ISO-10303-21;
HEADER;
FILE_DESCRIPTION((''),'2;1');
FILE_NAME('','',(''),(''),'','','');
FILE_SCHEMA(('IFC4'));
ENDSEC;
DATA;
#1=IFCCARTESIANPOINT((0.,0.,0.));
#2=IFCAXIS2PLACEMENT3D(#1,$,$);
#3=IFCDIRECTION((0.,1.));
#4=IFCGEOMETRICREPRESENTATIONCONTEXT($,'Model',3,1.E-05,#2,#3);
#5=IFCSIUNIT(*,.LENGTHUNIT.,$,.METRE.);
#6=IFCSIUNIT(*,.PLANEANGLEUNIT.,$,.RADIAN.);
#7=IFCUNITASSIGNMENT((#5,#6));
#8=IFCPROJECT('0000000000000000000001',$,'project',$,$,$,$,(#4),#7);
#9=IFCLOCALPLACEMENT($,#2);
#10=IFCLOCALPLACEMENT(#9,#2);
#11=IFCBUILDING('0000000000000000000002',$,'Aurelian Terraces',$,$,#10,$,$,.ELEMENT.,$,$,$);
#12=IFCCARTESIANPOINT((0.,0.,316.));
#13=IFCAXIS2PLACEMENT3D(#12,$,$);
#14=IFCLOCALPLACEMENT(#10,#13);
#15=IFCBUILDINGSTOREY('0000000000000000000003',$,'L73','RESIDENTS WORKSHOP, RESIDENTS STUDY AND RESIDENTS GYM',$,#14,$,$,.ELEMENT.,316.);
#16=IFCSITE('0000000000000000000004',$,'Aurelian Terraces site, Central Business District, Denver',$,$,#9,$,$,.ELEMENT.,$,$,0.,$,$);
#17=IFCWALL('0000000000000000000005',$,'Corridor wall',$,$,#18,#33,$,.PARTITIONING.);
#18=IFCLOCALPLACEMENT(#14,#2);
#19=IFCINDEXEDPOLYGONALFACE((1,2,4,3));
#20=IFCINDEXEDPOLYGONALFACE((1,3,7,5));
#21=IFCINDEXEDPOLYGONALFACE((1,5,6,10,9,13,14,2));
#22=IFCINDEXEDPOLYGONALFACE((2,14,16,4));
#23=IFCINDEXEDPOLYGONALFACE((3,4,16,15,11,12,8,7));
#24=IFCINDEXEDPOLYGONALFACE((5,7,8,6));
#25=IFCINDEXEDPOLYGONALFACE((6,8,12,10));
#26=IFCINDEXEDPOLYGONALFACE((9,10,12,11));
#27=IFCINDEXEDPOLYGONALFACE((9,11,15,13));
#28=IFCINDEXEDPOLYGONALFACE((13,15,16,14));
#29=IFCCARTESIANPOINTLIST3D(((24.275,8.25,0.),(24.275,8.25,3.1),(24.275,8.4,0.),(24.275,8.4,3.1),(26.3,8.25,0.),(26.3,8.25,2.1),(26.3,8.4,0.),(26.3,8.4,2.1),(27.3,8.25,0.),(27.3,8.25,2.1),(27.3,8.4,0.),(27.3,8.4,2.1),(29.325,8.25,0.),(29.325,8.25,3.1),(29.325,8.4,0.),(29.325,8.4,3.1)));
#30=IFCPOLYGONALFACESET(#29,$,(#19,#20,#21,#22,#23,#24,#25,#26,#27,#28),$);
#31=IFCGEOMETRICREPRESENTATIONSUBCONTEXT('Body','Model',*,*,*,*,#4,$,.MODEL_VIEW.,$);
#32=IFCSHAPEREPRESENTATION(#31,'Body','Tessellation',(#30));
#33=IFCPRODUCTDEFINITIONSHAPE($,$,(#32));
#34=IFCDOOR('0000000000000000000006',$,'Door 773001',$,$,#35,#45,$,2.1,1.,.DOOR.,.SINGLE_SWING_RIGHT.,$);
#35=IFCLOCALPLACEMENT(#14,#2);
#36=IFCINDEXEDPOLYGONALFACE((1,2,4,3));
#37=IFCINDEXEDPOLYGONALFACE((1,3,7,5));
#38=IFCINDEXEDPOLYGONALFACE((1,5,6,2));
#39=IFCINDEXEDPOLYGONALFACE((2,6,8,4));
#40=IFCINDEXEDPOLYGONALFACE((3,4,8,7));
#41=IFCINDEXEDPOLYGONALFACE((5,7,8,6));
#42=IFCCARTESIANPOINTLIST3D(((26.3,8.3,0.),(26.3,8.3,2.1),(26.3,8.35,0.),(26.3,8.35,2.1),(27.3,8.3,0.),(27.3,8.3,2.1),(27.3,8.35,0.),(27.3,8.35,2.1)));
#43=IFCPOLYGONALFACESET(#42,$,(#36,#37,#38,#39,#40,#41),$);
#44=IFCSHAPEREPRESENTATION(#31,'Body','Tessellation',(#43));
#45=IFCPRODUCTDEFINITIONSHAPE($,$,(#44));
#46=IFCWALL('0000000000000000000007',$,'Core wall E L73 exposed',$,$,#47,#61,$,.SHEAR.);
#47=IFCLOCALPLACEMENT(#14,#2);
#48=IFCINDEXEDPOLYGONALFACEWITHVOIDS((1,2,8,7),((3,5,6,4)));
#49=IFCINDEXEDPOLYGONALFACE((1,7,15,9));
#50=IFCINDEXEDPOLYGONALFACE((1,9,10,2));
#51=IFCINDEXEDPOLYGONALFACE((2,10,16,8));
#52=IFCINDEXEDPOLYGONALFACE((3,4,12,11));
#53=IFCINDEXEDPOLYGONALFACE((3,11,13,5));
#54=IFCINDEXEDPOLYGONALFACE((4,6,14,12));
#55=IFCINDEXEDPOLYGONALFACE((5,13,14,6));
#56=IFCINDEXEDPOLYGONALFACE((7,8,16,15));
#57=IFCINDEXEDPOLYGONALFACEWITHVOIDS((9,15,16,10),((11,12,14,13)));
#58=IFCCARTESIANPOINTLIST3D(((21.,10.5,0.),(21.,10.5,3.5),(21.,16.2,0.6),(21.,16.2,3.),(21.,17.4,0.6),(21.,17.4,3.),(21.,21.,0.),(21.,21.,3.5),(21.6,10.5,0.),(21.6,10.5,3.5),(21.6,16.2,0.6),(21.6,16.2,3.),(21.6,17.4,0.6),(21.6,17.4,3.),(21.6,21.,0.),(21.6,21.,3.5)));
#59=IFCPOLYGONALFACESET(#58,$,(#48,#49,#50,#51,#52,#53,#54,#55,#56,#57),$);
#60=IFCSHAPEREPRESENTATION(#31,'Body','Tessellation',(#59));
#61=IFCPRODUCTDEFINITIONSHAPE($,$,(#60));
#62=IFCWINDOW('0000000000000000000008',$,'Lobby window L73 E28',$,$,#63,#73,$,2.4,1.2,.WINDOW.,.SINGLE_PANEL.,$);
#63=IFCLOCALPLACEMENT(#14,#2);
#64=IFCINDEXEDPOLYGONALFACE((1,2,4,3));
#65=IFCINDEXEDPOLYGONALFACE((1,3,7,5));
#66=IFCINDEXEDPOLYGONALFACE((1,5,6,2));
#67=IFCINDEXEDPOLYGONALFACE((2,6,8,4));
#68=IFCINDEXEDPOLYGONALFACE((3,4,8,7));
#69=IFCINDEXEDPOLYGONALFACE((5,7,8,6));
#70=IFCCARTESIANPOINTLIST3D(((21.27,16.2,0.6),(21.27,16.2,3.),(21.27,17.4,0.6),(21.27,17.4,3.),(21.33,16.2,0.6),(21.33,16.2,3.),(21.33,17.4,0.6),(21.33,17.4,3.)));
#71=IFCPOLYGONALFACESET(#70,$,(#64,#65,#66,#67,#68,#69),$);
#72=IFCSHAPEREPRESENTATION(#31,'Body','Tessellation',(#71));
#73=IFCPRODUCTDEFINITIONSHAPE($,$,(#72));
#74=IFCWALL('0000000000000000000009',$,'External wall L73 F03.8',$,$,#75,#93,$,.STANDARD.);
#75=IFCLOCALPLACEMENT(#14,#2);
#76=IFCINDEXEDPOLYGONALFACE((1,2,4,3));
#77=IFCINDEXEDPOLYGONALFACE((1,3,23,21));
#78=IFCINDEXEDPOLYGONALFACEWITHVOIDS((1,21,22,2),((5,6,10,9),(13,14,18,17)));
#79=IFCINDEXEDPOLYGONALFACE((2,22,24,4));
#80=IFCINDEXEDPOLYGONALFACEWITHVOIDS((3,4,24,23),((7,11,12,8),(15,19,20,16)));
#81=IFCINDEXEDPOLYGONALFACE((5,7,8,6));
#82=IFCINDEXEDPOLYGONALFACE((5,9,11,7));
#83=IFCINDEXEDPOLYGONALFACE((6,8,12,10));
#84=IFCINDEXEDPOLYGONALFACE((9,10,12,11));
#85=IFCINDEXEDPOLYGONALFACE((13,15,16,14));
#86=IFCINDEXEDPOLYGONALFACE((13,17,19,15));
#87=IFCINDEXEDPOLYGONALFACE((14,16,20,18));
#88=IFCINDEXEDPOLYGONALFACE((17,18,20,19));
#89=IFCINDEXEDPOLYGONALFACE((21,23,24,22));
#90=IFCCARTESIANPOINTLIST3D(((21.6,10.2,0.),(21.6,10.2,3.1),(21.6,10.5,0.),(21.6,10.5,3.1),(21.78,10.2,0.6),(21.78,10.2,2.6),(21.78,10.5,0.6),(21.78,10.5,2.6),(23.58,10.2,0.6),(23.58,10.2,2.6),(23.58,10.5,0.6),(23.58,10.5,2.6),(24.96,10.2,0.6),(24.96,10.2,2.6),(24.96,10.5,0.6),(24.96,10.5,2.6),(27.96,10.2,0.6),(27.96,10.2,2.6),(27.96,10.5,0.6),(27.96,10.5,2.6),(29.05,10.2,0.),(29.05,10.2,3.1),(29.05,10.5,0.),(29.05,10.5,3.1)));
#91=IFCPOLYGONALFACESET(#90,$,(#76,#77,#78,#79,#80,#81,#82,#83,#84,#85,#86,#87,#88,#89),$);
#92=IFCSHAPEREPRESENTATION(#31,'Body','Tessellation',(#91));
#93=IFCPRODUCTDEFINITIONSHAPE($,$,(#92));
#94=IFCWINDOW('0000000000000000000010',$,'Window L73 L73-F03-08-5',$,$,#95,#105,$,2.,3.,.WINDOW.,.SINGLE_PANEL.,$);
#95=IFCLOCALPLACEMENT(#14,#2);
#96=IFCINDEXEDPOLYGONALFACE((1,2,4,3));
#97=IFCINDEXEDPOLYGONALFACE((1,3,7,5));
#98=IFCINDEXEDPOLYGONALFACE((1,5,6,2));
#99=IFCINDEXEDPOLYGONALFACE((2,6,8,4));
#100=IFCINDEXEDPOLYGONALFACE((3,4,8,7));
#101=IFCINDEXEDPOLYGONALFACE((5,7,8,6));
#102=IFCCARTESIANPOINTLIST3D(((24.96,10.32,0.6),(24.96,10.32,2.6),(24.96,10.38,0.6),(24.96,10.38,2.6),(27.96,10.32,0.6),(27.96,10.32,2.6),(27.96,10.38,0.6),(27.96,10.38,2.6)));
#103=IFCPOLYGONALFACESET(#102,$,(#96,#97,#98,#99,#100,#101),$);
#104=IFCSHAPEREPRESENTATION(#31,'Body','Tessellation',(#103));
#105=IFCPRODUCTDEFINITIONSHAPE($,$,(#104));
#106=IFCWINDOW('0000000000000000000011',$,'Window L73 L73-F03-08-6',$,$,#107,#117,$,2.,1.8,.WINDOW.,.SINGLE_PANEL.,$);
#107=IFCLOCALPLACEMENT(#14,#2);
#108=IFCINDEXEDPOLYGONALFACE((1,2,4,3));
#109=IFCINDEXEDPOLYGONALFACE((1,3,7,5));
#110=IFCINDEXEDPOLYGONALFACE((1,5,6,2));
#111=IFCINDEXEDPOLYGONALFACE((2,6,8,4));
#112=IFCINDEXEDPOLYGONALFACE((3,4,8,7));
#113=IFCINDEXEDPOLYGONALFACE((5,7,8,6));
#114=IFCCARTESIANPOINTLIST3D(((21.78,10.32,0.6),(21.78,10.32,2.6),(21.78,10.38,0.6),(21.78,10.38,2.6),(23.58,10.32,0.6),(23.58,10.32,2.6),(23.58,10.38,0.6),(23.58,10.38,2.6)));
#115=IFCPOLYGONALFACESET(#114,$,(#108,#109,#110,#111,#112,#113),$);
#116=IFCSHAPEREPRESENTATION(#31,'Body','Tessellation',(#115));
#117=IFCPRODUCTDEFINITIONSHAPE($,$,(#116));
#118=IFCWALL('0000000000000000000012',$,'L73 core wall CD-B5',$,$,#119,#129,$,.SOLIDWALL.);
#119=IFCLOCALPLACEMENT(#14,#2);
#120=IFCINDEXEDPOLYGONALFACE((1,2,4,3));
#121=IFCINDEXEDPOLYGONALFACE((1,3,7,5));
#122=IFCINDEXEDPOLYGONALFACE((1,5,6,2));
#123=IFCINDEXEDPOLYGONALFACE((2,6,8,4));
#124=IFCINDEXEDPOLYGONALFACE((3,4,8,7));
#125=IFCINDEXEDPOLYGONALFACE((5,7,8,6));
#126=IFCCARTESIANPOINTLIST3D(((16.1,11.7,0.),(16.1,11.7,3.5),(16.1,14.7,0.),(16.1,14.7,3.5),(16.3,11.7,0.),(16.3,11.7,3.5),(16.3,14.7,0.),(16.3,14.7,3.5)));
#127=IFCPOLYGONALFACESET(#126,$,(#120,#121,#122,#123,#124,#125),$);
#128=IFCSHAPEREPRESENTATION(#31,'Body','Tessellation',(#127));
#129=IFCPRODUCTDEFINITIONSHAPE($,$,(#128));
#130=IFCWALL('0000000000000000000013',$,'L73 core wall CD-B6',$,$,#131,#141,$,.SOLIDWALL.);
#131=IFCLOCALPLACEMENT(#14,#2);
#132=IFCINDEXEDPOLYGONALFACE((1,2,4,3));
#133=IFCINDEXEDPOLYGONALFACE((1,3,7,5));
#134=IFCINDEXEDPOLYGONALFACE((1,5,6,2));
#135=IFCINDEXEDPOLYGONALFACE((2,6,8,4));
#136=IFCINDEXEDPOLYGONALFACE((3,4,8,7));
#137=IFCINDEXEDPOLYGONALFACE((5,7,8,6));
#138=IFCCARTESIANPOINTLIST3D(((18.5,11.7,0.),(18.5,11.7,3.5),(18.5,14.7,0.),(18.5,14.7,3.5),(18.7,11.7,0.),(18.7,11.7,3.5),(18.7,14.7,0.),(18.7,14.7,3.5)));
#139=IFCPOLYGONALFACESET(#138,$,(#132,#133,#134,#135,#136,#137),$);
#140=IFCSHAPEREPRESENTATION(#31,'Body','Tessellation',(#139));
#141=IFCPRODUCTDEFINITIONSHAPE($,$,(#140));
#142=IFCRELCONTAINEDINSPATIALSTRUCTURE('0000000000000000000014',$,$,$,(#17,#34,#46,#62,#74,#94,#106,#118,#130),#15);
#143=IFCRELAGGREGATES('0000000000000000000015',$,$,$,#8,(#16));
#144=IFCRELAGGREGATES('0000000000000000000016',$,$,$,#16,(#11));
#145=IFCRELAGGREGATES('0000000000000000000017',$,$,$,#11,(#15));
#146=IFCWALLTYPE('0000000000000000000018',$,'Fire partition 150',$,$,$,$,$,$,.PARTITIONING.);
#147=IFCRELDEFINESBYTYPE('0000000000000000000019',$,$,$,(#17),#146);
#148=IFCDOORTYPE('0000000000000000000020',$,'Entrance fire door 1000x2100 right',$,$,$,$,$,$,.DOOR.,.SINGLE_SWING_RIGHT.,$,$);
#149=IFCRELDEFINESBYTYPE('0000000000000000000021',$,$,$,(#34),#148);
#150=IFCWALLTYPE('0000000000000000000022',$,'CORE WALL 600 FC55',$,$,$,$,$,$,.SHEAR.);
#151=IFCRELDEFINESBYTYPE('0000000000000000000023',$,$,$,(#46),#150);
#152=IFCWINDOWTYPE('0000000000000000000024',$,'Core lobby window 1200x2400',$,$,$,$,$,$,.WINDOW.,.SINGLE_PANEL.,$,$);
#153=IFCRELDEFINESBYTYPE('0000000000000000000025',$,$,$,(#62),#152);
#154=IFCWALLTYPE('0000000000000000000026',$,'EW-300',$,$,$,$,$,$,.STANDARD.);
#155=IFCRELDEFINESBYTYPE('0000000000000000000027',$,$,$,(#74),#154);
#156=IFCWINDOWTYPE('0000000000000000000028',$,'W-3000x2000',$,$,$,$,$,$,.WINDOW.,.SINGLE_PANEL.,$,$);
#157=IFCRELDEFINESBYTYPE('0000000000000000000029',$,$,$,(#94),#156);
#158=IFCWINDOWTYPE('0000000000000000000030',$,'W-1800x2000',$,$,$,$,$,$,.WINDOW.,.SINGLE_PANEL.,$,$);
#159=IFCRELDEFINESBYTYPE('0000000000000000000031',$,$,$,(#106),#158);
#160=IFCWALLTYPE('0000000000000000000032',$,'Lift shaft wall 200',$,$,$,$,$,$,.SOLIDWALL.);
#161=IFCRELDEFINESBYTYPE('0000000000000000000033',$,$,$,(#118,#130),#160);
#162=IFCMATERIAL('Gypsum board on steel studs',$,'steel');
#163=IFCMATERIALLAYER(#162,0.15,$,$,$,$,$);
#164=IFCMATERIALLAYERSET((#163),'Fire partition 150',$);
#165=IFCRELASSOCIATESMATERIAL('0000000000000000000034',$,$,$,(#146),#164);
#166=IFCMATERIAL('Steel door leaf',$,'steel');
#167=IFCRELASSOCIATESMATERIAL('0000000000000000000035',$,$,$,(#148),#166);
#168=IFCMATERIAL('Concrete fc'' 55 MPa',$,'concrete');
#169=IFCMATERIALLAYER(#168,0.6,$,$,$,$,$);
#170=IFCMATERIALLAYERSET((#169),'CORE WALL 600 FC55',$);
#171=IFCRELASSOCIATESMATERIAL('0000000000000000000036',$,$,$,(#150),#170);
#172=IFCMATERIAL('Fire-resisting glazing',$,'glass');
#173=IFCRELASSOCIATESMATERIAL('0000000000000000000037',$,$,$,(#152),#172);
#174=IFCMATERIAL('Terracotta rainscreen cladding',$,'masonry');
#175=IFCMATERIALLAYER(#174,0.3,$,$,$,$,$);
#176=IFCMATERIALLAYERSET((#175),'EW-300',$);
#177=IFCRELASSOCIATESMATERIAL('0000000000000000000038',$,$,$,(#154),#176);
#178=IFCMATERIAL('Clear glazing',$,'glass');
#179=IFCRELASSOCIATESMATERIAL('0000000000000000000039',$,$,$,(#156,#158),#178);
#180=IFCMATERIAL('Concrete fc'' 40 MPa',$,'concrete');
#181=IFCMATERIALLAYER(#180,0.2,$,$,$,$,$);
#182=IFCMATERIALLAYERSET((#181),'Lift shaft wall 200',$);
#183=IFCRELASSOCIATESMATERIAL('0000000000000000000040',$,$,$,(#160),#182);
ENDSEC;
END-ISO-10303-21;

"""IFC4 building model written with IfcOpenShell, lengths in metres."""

from ifc_helpers import new_model, si_unit, direction, frame, frame_2d, origin, place, context, subcontext, project, spatial, rectangle, extrude, source, transform, mapped, material, layer, layer_set, type_object, element, fill, save


model = new_model("IFC4")

# Units and contexts
model_context = context("Model", 3, precision=1e-05, world=origin(), true_north=direction((0.0, 1.0)))
body_context = subcontext(model_context, "Body", "Model", "MODEL_VIEW")
ifc_project = project(units=[si_unit("LENGTHUNIT", "METRE"), si_unit("PLANEANGLEUNIT", "RADIAN")], contexts=[model_context])

# Site, building, storey
site_placement = place(None, origin())
site = spatial("IfcSite", under=ifc_project, at=site_placement, Name="Aurelian Terraces site, Central Business District, Denver", CompositionType="ELEMENT", RefElevation=0.0)
building_placement = place(site_placement, origin())
building = spatial("IfcBuilding", under=site, at=building_placement, Name="Aurelian Terraces", CompositionType="ELEMENT")
storey_placement = place(building_placement, frame((0.0, 0.0, 316.0)))
storey = spatial("IfcBuildingStorey", under=building, at=storey_placement, Name="L73", Description="RESIDENTS WORKSHOP, RESIDENTS STUDY AND RESIDENTS GYM", CompositionType="ELEMENT", Elevation=316.0)

# Wall, opening, door
ifc_material_1 = material(Name="Gypsum board on steel studs", Category="steel")
ifc_layer_1 = layer(ifc_material_1, 0.15)
ifc_layer_set_1 = layer_set([ifc_layer_1], Name="Fire partition 150")
wall_type_1 = type_object("IfcWallType", Name="Fire partition 150", PredefinedType="PARTITIONING", material=ifc_layer_set_1)
wall_1_placement = place(storey_placement, frame((29.325, 8.325, 0.0), z_axis=(0.0, 0.0, 1.0), x_axis=(-1.0, 0.0, 0.0)))
wall_1 = element("IfcWall", 1, at=wall_1_placement, inside=storey, type_object=wall_type_1, Name="Corridor wall", PredefinedType="PARTITIONING", context=body_context, shape_type="SweptSolid", body=[
    extrude(rectangle(XDim=5.05, YDim=0.15, at=frame_2d((2.525, 0.0))), origin(), (0.0, 0.0, 1.0), 3.1),
])
shared_shape_1 = source(origin(), body_context, "Body", "SweptSolid", [
    extrude(rectangle(XDim=1.0, YDim=2.1, at=frame_2d((0.5, 1.05))), frame((0.0, 0.085, 0.0), z_axis=(0.0, -1.0, 0.0), x_axis=(1.0, 0.0, 0.0)), (0.0, 0.0, 1.0), 0.17),
])
opening_1_placement = place(wall_1_placement, frame((2.025, 0.0, 0.0)))
opening_1 = element("IfcOpeningElement", 2, at=opening_1_placement, cuts=wall_1, PredefinedType="OPENING", context=body_context, shape_type="MappedRepresentation", body=[
    mapped(shared_shape_1, transform((0.0, 0.0, 0.0), scale=1.0)),
])
ifc_material_2 = material(Name="Steel door leaf", Category="steel")
door_type_1 = type_object("IfcDoorType", Name="Entrance fire door 1000x2100 right", OperationType="SINGLE_SWING_RIGHT", PredefinedType="DOOR", material=ifc_material_2)
shared_shape_2 = source(origin(), body_context, "Body", "SweptSolid", [
    extrude(rectangle(XDim=1.0, YDim=2.1, at=frame_2d((0.5, 1.05))), frame((0.0, 0.025, 0.0), z_axis=(0.0, -1.0, 0.0), x_axis=(1.0, 0.0, 0.0)), (0.0, 0.0, 1.0), 0.05),
])
door_1_placement = place(opening_1_placement, origin())
door_1 = element("IfcDoor", 3, at=door_1_placement, inside=storey, type_object=door_type_1, Name="Door 773001", OperationType="SINGLE_SWING_RIGHT", OverallHeight=2.1, OverallWidth=1.0, PredefinedType="DOOR", context=body_context, shape_type="MappedRepresentation", body=[
    mapped(shared_shape_2, transform((0.0, 0.0, 0.0), scale=1.0)),
])
fill(opening_1, door_1)

# Wall, opening, window
ifc_material_3 = material(Name="Concrete fc' 55 MPa", Category="concrete")
ifc_layer_2 = layer(ifc_material_3, 0.6)
ifc_layer_set_2 = layer_set([ifc_layer_2], Name="CORE WALL 600 FC55")
wall_type_2 = type_object("IfcWallType", Name="CORE WALL 600 FC55", PredefinedType="SHEAR", material=ifc_layer_set_2)
shared_shape_3 = source(origin(), body_context, "Body", "SweptSolid", [
    extrude(rectangle(XDim=10.5, YDim=0.6, at=frame_2d((5.25, 0.0))), origin(), (0.0, 0.0, 1.0), 3.5),
])
wall_2_placement = place(storey_placement, frame((21.3, 10.5, 0.0), z_axis=(0.0, 0.0, 1.0), x_axis=(0.0, 1.0, 0.0)))
wall_2 = element("IfcWall", 4, at=wall_2_placement, inside=storey, type_object=wall_type_2, Name="Core wall E L73 exposed", PredefinedType="SHEAR", context=body_context, shape_type="MappedRepresentation", body=[
    mapped(shared_shape_3, transform((0.0, 0.0, 0.0), scale=1.0)),
])
shared_shape_4 = source(origin(), body_context, "Body", "SweptSolid", [
    extrude(rectangle(XDim=1.2, YDim=2.4, at=frame_2d((0.6, 1.2))), frame((0.0, 0.31, 0.0), z_axis=(0.0, -1.0, 0.0), x_axis=(1.0, 0.0, 0.0)), (0.0, 0.0, 1.0), 0.62),
])
opening_2_placement = place(wall_2_placement, frame((5.7, 0.0, 0.6)))
opening_2 = element("IfcOpeningElement", 5, at=opening_2_placement, cuts=wall_2, PredefinedType="OPENING", context=body_context, shape_type="MappedRepresentation", body=[
    mapped(shared_shape_4, transform((0.0, 0.0, 0.0), scale=1.0)),
])
ifc_material_4 = material(Name="Fire-resisting glazing", Category="glass")
window_type_1 = type_object("IfcWindowType", Name="Core lobby window 1200x2400", PartitioningType="SINGLE_PANEL", PredefinedType="WINDOW", material=ifc_material_4)
shared_shape_5 = source(origin(), body_context, "Body", "SweptSolid", [
    extrude(rectangle(XDim=1.2, YDim=2.4, at=frame_2d((0.6, 1.2))), frame((0.0, 0.03, 0.0), z_axis=(0.0, -1.0, 0.0), x_axis=(1.0, 0.0, 0.0)), (0.0, 0.0, 1.0), 0.06),
])
window_1_placement = place(opening_2_placement, origin())
window_1 = element("IfcWindow", 6, at=window_1_placement, inside=storey, type_object=window_type_1, Name="Lobby window L73 E28", OverallHeight=2.4, OverallWidth=1.2, PartitioningType="SINGLE_PANEL", PredefinedType="WINDOW", context=body_context, shape_type="MappedRepresentation", body=[
    mapped(shared_shape_5, transform((0.0, 0.0, 0.0), scale=1.0)),
])
fill(opening_2, window_1)

# Wall, openings, windows
ifc_material_5 = material(Name="Terracotta rainscreen cladding", Category="masonry")
ifc_layer_3 = layer(ifc_material_5, 0.3)
ifc_layer_set_3 = layer_set([ifc_layer_3], Name="EW-300")
wall_type_3 = type_object("IfcWallType", Name="EW-300", PredefinedType="STANDARD", material=ifc_layer_set_3)
shared_shape_6 = source(origin(), body_context, "Body", "SweptSolid", [
    extrude(rectangle(XDim=7.45, YDim=0.3, at=frame_2d((3.725, 0.0))), origin(), (0.0, 0.0, 1.0), 3.1),
])
wall_3_placement = place(storey_placement, frame((29.05, 10.35, 0.0), z_axis=(0.0, 0.0, 1.0), x_axis=(-1.0, 0.0, 0.0)))
wall_3 = element("IfcWall", 7, at=wall_3_placement, inside=storey, type_object=wall_type_3, Name="External wall L73 F03.8", PredefinedType="STANDARD", context=body_context, shape_type="MappedRepresentation", body=[
    mapped(shared_shape_6, transform((0.0, 0.0, 0.0), scale=1.0)),
])
shared_shape_7 = source(origin(), body_context, "Body", "SweptSolid", [
    extrude(rectangle(XDim=3.0, YDim=2.0, at=frame_2d((1.5, 1.0))), frame((0.0, 0.16, 0.0), z_axis=(0.0, -1.0, 0.0), x_axis=(1.0, 0.0, 0.0)), (0.0, 0.0, 1.0), 0.32),
])
opening_3_placement = place(wall_3_placement, frame((1.09, 0.0, 0.6)))
opening_3 = element("IfcOpeningElement", 8, at=opening_3_placement, cuts=wall_3, PredefinedType="OPENING", context=body_context, shape_type="MappedRepresentation", body=[
    mapped(shared_shape_7, transform((0.0, 0.0, 0.0), scale=1.0)),
])
shared_shape_8 = source(origin(), body_context, "Body", "SweptSolid", [
    extrude(rectangle(XDim=1.8, YDim=2.0, at=frame_2d((0.9, 1.0))), frame((0.0, 0.16, 0.0), z_axis=(0.0, -1.0, 0.0), x_axis=(1.0, 0.0, 0.0)), (0.0, 0.0, 1.0), 0.32),
])
opening_4_placement = place(wall_3_placement, frame((5.47, 0.0, 0.6)))
opening_4 = element("IfcOpeningElement", 9, at=opening_4_placement, cuts=wall_3, PredefinedType="OPENING", context=body_context, shape_type="MappedRepresentation", body=[
    mapped(shared_shape_8, transform((0.0, 0.0, 0.0), scale=1.0)),
])
ifc_material_6 = material(Name="Clear glazing", Category="glass")
window_type_2 = type_object("IfcWindowType", Name="W-3000x2000", PartitioningType="SINGLE_PANEL", PredefinedType="WINDOW", material=ifc_material_6)
shared_shape_9 = source(origin(), body_context, "Body", "SweptSolid", [
    extrude(rectangle(XDim=3.0, YDim=2.0, at=frame_2d((1.5, 1.0))), frame((0.0, 0.03, 0.0), z_axis=(0.0, -1.0, 0.0), x_axis=(1.0, 0.0, 0.0)), (0.0, 0.0, 1.0), 0.06),
])
window_2_placement = place(opening_3_placement, origin())
window_2 = element("IfcWindow", 10, at=window_2_placement, inside=storey, type_object=window_type_2, Name="Window L73 L73-F03-08-5", OverallHeight=2.0, OverallWidth=3.0, PartitioningType="SINGLE_PANEL", PredefinedType="WINDOW", context=body_context, shape_type="MappedRepresentation", body=[
    mapped(shared_shape_9, transform((0.0, 0.0, 0.0), scale=1.0)),
])
fill(opening_3, window_2)
window_type_3 = type_object("IfcWindowType", Name="W-1800x2000", PartitioningType="SINGLE_PANEL", PredefinedType="WINDOW", material=ifc_material_6)
shared_shape_10 = source(origin(), body_context, "Body", "SweptSolid", [
    extrude(rectangle(XDim=1.8, YDim=2.0, at=frame_2d((0.9, 1.0))), frame((0.0, 0.03, 0.0), z_axis=(0.0, -1.0, 0.0), x_axis=(1.0, 0.0, 0.0)), (0.0, 0.0, 1.0), 0.06),
])
window_3_placement = place(opening_4_placement, origin())
window_3 = element("IfcWindow", 11, at=window_3_placement, inside=storey, type_object=window_type_3, Name="Window L73 L73-F03-08-6", OverallHeight=2.0, OverallWidth=1.8, PartitioningType="SINGLE_PANEL", PredefinedType="WINDOW", context=body_context, shape_type="MappedRepresentation", body=[
    mapped(shared_shape_10, transform((0.0, 0.0, 0.0), scale=1.0)),
])
fill(opening_4, window_3)

# Walls
ifc_material_7 = material(Name="Concrete fc' 40 MPa", Category="concrete")
ifc_layer_4 = layer(ifc_material_7, 0.2)
ifc_layer_set_4 = layer_set([ifc_layer_4], Name="Lift shaft wall 200")
wall_type_4 = type_object("IfcWallType", Name="Lift shaft wall 200", PredefinedType="SOLIDWALL", material=ifc_layer_set_4)
shared_shape_11 = source(origin(), body_context, "Body", "SweptSolid", [
    extrude(rectangle(XDim=3.0, YDim=0.2, at=frame_2d((1.5, 0.0))), origin(), (0.0, 0.0, 1.0), 3.5),
])
for number, where, z_axis, x_axis, name in (
    (12, (16.2, 11.7, 0.0), (0.0, 0.0, 1.0), (0.0, 1.0, 0.0), "L73 core wall CD-B5"),
    (13, (18.6, 11.7, 0.0), (0.0, 0.0, 1.0), (0.0, 1.0, 0.0), "L73 core wall CD-B6"),
):
    element("IfcWall", number, at=place(storey_placement, frame(where, z_axis=z_axis, x_axis=x_axis)), inside=storey, type_object=wall_type_4, Name=name, PredefinedType="SOLIDWALL", context=body_context, shape_type="MappedRepresentation", body=[
        mapped(shared_shape_11, transform((0.0, 0.0, 0.0), scale=1.0)),
    ])

save(model, "model.ifc")
